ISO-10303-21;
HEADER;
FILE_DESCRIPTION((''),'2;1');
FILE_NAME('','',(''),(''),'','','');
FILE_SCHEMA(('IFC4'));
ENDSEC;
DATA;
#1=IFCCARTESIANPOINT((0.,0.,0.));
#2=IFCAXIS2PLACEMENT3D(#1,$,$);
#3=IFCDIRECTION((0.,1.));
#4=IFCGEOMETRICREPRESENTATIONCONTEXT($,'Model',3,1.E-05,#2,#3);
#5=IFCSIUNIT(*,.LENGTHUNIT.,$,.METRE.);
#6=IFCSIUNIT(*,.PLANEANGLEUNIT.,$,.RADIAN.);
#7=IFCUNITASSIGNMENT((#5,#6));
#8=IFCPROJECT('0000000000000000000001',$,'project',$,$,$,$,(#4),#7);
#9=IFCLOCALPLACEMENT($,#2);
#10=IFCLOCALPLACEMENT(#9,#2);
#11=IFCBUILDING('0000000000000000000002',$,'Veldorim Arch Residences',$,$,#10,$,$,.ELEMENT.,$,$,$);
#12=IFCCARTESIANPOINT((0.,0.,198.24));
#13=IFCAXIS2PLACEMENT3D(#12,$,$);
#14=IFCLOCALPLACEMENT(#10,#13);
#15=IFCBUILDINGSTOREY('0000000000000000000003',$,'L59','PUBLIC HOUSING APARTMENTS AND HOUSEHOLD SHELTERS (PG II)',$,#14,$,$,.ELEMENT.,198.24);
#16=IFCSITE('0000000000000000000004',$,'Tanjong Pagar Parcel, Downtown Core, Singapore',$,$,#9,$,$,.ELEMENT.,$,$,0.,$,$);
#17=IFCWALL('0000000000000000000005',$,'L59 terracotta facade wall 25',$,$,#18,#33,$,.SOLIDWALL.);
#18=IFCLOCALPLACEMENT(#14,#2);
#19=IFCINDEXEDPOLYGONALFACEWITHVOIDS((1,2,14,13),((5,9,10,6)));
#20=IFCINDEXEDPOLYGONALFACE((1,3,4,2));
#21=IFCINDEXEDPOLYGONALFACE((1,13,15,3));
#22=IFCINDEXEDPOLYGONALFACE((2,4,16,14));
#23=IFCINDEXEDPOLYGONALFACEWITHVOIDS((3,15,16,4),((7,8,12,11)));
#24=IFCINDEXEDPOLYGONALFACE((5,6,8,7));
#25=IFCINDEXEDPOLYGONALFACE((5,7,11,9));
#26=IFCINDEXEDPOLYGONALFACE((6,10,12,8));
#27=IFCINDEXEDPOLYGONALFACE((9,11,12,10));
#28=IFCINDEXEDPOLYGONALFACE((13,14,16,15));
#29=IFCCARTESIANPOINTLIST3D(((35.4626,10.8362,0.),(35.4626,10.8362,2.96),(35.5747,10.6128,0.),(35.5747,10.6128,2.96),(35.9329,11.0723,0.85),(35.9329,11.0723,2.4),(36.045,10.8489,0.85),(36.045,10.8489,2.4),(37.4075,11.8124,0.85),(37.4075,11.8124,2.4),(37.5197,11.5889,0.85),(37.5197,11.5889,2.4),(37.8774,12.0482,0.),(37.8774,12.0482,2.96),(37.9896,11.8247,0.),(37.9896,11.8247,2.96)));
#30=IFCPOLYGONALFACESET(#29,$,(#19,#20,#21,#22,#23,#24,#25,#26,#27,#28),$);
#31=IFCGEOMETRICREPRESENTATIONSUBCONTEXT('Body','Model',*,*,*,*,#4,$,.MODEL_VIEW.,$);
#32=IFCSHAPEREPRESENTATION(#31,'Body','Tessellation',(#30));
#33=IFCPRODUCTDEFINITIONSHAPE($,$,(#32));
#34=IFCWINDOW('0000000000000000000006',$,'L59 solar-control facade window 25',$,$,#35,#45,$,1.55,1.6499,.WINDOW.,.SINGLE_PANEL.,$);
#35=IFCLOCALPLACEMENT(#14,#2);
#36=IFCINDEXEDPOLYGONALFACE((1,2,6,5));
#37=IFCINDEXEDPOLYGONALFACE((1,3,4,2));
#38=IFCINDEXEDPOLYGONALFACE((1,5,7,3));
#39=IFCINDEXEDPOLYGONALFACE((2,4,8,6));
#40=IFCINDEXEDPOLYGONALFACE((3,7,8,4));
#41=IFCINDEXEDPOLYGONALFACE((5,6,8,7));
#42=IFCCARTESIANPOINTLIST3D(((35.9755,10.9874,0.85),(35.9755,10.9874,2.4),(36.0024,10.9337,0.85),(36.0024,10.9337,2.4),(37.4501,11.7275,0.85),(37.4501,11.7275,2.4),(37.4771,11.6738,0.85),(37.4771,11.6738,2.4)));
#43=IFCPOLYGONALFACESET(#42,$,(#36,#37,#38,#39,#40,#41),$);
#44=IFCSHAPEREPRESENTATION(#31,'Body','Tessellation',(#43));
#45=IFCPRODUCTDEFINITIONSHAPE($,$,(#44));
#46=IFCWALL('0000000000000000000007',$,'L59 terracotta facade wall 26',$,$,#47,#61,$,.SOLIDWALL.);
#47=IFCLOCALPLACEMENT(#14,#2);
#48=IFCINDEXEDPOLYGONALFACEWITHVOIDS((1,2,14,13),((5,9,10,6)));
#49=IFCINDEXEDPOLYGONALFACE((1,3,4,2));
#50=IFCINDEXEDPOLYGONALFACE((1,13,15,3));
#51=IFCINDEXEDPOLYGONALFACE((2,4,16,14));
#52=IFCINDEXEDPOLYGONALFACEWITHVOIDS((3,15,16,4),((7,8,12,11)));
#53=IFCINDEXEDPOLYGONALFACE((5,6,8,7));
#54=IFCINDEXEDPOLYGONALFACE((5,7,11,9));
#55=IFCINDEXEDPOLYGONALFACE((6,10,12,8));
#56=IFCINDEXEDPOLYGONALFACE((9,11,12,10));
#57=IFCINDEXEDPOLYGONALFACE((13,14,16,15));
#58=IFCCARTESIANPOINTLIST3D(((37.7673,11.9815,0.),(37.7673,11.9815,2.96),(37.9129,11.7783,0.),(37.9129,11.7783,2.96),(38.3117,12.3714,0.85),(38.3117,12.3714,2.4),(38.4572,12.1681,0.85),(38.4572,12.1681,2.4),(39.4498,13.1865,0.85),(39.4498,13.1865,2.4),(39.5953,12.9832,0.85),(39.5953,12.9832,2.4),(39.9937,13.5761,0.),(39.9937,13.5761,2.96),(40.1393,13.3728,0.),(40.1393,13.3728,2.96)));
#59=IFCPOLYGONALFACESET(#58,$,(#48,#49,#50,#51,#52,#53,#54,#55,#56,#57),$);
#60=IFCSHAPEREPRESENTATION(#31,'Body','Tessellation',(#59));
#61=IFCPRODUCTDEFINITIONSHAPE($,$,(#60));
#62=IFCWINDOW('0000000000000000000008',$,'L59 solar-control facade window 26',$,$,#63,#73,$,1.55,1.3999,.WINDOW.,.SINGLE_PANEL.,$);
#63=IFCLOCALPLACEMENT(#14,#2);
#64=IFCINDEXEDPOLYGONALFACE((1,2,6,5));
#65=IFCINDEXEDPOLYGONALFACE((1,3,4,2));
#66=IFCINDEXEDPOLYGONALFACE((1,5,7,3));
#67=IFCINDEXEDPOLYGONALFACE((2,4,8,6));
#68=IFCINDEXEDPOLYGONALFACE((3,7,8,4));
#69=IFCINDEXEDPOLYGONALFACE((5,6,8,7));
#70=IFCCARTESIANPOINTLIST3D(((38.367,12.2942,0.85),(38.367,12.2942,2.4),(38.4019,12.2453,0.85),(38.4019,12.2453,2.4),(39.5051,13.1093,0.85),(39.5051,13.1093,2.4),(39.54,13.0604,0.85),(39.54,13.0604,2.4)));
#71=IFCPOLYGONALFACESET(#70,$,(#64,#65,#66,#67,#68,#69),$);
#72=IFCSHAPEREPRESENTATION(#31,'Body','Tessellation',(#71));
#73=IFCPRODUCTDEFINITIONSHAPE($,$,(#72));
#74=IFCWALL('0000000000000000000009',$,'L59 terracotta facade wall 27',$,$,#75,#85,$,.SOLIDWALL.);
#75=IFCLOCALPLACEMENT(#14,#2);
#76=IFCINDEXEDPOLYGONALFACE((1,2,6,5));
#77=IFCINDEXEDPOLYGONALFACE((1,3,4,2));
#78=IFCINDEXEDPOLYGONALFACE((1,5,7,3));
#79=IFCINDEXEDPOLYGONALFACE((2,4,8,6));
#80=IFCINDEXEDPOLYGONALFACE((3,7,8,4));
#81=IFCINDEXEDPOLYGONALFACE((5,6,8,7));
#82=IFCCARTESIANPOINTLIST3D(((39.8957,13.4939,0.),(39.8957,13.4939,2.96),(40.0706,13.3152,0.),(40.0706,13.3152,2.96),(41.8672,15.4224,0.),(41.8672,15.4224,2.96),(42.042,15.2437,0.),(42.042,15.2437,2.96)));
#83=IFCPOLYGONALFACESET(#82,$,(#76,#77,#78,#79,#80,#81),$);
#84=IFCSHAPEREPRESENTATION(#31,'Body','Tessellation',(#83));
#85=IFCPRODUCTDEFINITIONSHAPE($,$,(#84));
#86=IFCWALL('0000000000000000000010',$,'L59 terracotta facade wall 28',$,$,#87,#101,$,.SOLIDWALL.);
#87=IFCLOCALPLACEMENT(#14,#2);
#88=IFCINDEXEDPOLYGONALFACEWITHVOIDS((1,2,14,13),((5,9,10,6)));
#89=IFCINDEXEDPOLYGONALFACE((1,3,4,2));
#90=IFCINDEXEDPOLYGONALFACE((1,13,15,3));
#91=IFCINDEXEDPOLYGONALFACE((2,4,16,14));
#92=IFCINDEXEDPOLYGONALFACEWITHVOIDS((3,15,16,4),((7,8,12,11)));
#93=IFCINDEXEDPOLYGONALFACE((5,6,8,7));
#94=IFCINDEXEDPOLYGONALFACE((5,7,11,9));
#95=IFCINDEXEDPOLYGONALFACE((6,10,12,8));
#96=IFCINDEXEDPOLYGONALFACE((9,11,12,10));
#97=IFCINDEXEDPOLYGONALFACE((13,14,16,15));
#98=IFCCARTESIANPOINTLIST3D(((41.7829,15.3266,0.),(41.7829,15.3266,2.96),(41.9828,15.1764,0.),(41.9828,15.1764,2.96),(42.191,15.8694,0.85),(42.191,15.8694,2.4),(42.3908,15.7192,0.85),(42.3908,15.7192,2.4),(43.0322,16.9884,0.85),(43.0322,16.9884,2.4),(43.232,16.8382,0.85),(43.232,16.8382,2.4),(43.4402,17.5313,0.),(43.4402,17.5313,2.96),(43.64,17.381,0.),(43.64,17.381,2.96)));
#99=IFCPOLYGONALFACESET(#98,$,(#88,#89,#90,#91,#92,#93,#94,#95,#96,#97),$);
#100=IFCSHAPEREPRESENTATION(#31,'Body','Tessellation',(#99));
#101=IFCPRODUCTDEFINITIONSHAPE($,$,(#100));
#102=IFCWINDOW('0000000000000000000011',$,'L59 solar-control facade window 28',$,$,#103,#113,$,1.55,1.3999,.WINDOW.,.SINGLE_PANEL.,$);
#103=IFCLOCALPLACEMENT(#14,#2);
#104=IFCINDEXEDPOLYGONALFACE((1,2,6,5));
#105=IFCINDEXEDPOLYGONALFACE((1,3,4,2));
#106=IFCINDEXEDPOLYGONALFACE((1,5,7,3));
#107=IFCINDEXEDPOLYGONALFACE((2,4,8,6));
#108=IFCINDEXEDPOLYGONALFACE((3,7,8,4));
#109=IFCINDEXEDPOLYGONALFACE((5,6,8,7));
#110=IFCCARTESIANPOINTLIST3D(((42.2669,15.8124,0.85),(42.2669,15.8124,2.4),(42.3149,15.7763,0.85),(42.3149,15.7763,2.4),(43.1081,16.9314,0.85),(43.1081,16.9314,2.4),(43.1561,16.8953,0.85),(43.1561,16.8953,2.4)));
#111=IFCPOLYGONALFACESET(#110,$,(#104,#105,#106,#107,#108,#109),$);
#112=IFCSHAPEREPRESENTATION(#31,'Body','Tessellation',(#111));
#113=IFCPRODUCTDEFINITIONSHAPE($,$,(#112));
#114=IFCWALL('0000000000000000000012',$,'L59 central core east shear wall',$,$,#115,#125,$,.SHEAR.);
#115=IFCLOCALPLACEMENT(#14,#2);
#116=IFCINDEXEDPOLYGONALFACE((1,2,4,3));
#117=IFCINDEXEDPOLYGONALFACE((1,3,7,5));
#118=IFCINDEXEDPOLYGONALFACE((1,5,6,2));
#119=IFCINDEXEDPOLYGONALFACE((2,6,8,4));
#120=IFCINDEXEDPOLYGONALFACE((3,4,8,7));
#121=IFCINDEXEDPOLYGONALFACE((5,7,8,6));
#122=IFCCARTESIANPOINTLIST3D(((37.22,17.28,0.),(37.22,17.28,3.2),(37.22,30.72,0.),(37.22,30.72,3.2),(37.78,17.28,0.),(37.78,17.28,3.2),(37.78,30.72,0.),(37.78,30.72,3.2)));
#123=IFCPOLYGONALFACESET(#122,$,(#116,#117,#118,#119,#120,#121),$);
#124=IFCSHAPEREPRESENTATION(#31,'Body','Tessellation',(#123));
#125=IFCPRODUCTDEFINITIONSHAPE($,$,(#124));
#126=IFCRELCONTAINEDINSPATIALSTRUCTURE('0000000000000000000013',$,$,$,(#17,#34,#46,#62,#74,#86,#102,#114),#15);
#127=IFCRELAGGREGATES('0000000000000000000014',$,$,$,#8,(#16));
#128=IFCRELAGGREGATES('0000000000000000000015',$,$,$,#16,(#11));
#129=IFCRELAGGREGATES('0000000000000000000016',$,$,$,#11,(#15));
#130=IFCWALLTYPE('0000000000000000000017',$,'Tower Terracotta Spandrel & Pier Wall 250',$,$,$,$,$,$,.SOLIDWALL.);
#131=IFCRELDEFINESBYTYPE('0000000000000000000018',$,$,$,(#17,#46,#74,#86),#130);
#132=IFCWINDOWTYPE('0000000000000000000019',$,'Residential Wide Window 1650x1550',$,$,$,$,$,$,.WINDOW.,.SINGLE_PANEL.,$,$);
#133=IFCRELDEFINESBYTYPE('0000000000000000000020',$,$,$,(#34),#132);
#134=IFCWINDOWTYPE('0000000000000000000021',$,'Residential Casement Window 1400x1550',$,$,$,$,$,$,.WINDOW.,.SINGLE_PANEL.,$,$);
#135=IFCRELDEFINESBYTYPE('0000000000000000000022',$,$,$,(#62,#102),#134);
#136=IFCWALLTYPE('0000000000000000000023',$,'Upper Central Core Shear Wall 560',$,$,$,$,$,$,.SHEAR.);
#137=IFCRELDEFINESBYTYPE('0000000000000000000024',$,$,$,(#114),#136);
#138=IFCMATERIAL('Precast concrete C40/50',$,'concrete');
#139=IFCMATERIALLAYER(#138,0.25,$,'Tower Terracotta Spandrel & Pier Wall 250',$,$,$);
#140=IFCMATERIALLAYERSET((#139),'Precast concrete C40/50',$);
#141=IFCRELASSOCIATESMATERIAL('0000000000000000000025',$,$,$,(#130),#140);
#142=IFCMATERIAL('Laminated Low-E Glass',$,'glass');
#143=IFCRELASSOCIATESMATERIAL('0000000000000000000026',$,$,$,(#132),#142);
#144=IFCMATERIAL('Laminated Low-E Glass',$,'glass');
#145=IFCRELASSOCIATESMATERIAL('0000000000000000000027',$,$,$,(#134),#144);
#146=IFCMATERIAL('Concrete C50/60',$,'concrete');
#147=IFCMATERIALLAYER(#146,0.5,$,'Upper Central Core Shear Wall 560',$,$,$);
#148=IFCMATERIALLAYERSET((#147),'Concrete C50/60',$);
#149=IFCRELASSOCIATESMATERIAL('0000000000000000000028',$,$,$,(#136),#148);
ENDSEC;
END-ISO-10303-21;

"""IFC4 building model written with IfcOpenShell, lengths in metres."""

from ifc_helpers import new_model, si_unit, direction, frame, frame_2d, origin, place, context, subcontext, project, spatial, rectangle, extrude, material, layer, layer_set, type_object, element, fill, save


model = new_model("IFC4")

# Units and contexts
model_context = context("Model", 3, precision=1e-05, world=origin(), true_north=direction((0.0, 1.0)))
body_context = subcontext(model_context, "Body", "Model", "MODEL_VIEW")
ifc_project = project(units=[si_unit("LENGTHUNIT", "METRE"), si_unit("PLANEANGLEUNIT", "RADIAN")], contexts=[model_context])

# Site, building, storey
site_placement = place(None, origin())
site = spatial("IfcSite", under=ifc_project, at=site_placement, Name="Tanjong Pagar Parcel, Downtown Core, Singapore", CompositionType="ELEMENT", RefElevation=0.0)
building_placement = place(site_placement, origin())
building = spatial("IfcBuilding", under=site, at=building_placement, Name="Veldorim Arch Residences", CompositionType="ELEMENT")
storey_placement = place(building_placement, frame((0.0, 0.0, 198.24)))
storey = spatial("IfcBuildingStorey", under=building, at=storey_placement, Name="L59", Description="PUBLIC HOUSING APARTMENTS AND HOUSEHOLD SHELTERS (PG II)", CompositionType="ELEMENT", Elevation=198.24)

# Walls, openings, windows
ifc_material_1 = material(Name="Precast concrete C40/50", Category="concrete")
ifc_layer_1 = layer(ifc_material_1, 0.25, Name="Tower Terracotta Spandrel & Pier Wall 250")
ifc_layer_set_1 = layer_set([ifc_layer_1], Name="Precast concrete C40/50")
wall_type_1 = type_object("IfcWallType", Name="Tower Terracotta Spandrel & Pier Wall 250", PredefinedType="SOLIDWALL", material=ifc_layer_set_1)
wall_1_placement = place(storey_placement, frame((37.9336, 11.9365, 0.0), z_axis=(0.0, 0.0, 1.0), x_axis=(-0.893758, -0.44855, 0.0)))
wall_1 = element("IfcWall", 1, at=wall_1_placement, inside=storey, type_object=wall_type_1, Name="L59 terracotta facade wall 25", PredefinedType="SOLIDWALL", context=body_context, shape_type="SweptSolid", body=[
    extrude(rectangle(XDim=2.7019, YDim=0.25, at=frame_2d((1.3511, 0.0))), origin(), (0.0, 0.0, 1.0), 2.96),
])
opening_1_placement = place(wall_1_placement, frame((0.5259, 0.0, 0.8501)))
opening_1 = element("IfcOpeningElement", 2, at=opening_1_placement, cuts=wall_1, PredefinedType="OPENING", context=body_context, shape_type="SweptSolid", body=[
    extrude(rectangle(XDim=1.6499, YDim=1.55, at=frame_2d((0.825, 0.7749))), frame((0.0, 0.135, 0.0), z_axis=(0.0, -1.0, 0.0), x_axis=(1.0, 0.0, 0.0)), (0.0, 0.0, 1.0), 0.27),
])
ifc_material_2 = material(Name="Laminated Low-E Glass", Category="glass")
window_type_1 = type_object("IfcWindowType", Name="Residential Wide Window 1650x1550", PartitioningType="SINGLE_PANEL", PredefinedType="WINDOW", material=ifc_material_2)
window_1_placement = place(opening_1_placement, origin())
window_1 = element("IfcWindow", 3, at=window_1_placement, inside=storey, type_object=window_type_1, Name="L59 solar-control facade window 25", OverallHeight=1.55, OverallWidth=1.6499, PartitioningType="SINGLE_PANEL", PredefinedType="WINDOW", context=body_context, shape_type="SweptSolid", body=[
    extrude(rectangle(XDim=1.6499, YDim=1.55, at=frame_2d((0.825, 0.7749))), frame((0.0, 0.03, 0.0), z_axis=(0.0, -1.0, 0.0), x_axis=(1.0, 0.0, 0.0)), (0.0, 0.0, 1.0), 0.0601),
])
fill(opening_1, window_1)
wall_2_placement = place(storey_placement, frame((40.0664, 13.4744, 0.0), z_axis=(0.0, 0.0, 1.0), x_axis=(-0.812998, -0.582267, 0.0)))
wall_2 = element("IfcWall", 4, at=wall_2_placement, inside=storey, type_object=wall_type_1, Name="L59 terracotta facade wall 26", PredefinedType="SOLIDWALL", context=body_context, shape_type="SweptSolid", body=[
    extrude(rectangle(XDim=2.7385, YDim=0.25, at=frame_2d((1.3691, 0.0))), origin(), (0.0, 0.0, 1.0), 2.96),
])
opening_2_placement = place(wall_2_placement, frame((0.6689, 0.0, 0.8501)))
opening_2 = element("IfcOpeningElement", 5, at=opening_2_placement, cuts=wall_2, PredefinedType="OPENING", context=body_context, shape_type="SweptSolid", body=[
    extrude(rectangle(XDim=1.3999, YDim=1.55, at=frame_2d((0.7, 0.7749))), frame((0.0, 0.135, 0.0), z_axis=(0.0, -1.0, 0.0), x_axis=(1.0, 0.0, 0.0)), (0.0, 0.0, 1.0), 0.27),
])
ifc_material_3 = material(Name="Laminated Low-E Glass", Category="glass")
window_type_2 = type_object("IfcWindowType", Name="Residential Casement Window 1400x1550", PartitioningType="SINGLE_PANEL", PredefinedType="WINDOW", material=ifc_material_3)
window_2_placement = place(opening_2_placement, origin())
window_2 = element("IfcWindow", 6, at=window_2_placement, inside=storey, type_object=window_type_2, Name="L59 solar-control facade window 26", OverallHeight=1.55, OverallWidth=1.3999, PartitioningType="SINGLE_PANEL", PredefinedType="WINDOW", context=body_context, shape_type="SweptSolid", body=[
    extrude(rectangle(XDim=1.3999, YDim=1.55, at=frame_2d((0.7, 0.7749))), frame((0.0, 0.03, 0.0), z_axis=(0.0, -1.0, 0.0), x_axis=(1.0, 0.0, 0.0)), (0.0, 0.0, 1.0), 0.0601),
])
fill(opening_2, window_2)

# Wall
wall_3_placement = place(storey_placement, frame((41.9546, 15.333, 0.0), z_axis=(0.0, 0.0, 1.0), x_axis=(-0.714854, -0.699274, 0.0)))
element("IfcWall", 7, at=wall_3_placement, inside=storey, type_object=wall_type_1, Name="L59 terracotta facade wall 27", PredefinedType="SOLIDWALL", context=body_context, shape_type="SweptSolid", body=[
    extrude(rectangle(XDim=2.7578, YDim=0.25, at=frame_2d((1.3789, 0.0))), origin(), (0.0, 0.0, 1.0), 2.96),
])

# Wall, opening, window
wall_4_placement = place(storey_placement, frame((43.54, 17.4561, 0.0), z_axis=(0.0, 0.0, 1.0), x_axis=(-0.600878, -0.799341, 0.0)))
wall_4 = element("IfcWall", 8, at=wall_4_placement, inside=storey, type_object=wall_type_1, Name="L59 terracotta facade wall 28", PredefinedType="SOLIDWALL", context=body_context, shape_type="SweptSolid", body=[
    extrude(rectangle(XDim=2.7581, YDim=0.25, at=frame_2d((1.3789, 0.0))), origin(), (0.0, 0.0, 1.0), 2.96),
])
opening_3_placement = place(wall_4_placement, frame((0.679, 0.0, 0.8501)))
opening_3 = element("IfcOpeningElement", 9, at=opening_3_placement, cuts=wall_4, PredefinedType="OPENING", context=body_context, shape_type="SweptSolid", body=[
    extrude(rectangle(XDim=1.3999, YDim=1.55, at=frame_2d((0.7, 0.7749))), frame((0.0, 0.135, 0.0), z_axis=(0.0, -1.0, 0.0), x_axis=(1.0, 0.0, 0.0)), (0.0, 0.0, 1.0), 0.27),
])
window_3_placement = place(opening_3_placement, origin())
window_3 = element("IfcWindow", 10, at=window_3_placement, inside=storey, type_object=window_type_2, Name="L59 solar-control facade window 28", OverallHeight=1.55, OverallWidth=1.3999, PartitioningType="SINGLE_PANEL", PredefinedType="WINDOW", context=body_context, shape_type="SweptSolid", body=[
    extrude(rectangle(XDim=1.3999, YDim=1.55, at=frame_2d((0.7, 0.7749))), frame((0.0, 0.03, 0.0), z_axis=(0.0, -1.0, 0.0), x_axis=(1.0, 0.0, 0.0)), (0.0, 0.0, 1.0), 0.0601),
])
fill(opening_3, window_3)

# Wall
ifc_material_4 = material(Name="Concrete C50/60", Category="concrete")
ifc_layer_2 = layer(ifc_material_4, 0.5, Name="Upper Central Core Shear Wall 560")
ifc_layer_set_2 = layer_set([ifc_layer_2], Name="Concrete C50/60")
wall_type_2 = type_object("IfcWallType", Name="Upper Central Core Shear Wall 560", PredefinedType="SHEAR", material=ifc_layer_set_2)
wall_5_placement = place(storey_placement, frame((37.5, 17.28, 0.0), z_axis=(0.0, 0.0, 1.0), x_axis=(0.0, 1.0, 0.0)))
element("IfcWall", 11, at=wall_5_placement, inside=storey, type_object=wall_type_2, Name="L59 central core east shear wall", PredefinedType="SHEAR", context=body_context, shape_type="SweptSolid", body=[
    extrude(rectangle(XDim=13.4399, YDim=0.5601, at=frame_2d((6.72, 0.0))), origin(), (0.0, 0.0, 1.0), 3.2),
])

save(model, "model.ifc")
